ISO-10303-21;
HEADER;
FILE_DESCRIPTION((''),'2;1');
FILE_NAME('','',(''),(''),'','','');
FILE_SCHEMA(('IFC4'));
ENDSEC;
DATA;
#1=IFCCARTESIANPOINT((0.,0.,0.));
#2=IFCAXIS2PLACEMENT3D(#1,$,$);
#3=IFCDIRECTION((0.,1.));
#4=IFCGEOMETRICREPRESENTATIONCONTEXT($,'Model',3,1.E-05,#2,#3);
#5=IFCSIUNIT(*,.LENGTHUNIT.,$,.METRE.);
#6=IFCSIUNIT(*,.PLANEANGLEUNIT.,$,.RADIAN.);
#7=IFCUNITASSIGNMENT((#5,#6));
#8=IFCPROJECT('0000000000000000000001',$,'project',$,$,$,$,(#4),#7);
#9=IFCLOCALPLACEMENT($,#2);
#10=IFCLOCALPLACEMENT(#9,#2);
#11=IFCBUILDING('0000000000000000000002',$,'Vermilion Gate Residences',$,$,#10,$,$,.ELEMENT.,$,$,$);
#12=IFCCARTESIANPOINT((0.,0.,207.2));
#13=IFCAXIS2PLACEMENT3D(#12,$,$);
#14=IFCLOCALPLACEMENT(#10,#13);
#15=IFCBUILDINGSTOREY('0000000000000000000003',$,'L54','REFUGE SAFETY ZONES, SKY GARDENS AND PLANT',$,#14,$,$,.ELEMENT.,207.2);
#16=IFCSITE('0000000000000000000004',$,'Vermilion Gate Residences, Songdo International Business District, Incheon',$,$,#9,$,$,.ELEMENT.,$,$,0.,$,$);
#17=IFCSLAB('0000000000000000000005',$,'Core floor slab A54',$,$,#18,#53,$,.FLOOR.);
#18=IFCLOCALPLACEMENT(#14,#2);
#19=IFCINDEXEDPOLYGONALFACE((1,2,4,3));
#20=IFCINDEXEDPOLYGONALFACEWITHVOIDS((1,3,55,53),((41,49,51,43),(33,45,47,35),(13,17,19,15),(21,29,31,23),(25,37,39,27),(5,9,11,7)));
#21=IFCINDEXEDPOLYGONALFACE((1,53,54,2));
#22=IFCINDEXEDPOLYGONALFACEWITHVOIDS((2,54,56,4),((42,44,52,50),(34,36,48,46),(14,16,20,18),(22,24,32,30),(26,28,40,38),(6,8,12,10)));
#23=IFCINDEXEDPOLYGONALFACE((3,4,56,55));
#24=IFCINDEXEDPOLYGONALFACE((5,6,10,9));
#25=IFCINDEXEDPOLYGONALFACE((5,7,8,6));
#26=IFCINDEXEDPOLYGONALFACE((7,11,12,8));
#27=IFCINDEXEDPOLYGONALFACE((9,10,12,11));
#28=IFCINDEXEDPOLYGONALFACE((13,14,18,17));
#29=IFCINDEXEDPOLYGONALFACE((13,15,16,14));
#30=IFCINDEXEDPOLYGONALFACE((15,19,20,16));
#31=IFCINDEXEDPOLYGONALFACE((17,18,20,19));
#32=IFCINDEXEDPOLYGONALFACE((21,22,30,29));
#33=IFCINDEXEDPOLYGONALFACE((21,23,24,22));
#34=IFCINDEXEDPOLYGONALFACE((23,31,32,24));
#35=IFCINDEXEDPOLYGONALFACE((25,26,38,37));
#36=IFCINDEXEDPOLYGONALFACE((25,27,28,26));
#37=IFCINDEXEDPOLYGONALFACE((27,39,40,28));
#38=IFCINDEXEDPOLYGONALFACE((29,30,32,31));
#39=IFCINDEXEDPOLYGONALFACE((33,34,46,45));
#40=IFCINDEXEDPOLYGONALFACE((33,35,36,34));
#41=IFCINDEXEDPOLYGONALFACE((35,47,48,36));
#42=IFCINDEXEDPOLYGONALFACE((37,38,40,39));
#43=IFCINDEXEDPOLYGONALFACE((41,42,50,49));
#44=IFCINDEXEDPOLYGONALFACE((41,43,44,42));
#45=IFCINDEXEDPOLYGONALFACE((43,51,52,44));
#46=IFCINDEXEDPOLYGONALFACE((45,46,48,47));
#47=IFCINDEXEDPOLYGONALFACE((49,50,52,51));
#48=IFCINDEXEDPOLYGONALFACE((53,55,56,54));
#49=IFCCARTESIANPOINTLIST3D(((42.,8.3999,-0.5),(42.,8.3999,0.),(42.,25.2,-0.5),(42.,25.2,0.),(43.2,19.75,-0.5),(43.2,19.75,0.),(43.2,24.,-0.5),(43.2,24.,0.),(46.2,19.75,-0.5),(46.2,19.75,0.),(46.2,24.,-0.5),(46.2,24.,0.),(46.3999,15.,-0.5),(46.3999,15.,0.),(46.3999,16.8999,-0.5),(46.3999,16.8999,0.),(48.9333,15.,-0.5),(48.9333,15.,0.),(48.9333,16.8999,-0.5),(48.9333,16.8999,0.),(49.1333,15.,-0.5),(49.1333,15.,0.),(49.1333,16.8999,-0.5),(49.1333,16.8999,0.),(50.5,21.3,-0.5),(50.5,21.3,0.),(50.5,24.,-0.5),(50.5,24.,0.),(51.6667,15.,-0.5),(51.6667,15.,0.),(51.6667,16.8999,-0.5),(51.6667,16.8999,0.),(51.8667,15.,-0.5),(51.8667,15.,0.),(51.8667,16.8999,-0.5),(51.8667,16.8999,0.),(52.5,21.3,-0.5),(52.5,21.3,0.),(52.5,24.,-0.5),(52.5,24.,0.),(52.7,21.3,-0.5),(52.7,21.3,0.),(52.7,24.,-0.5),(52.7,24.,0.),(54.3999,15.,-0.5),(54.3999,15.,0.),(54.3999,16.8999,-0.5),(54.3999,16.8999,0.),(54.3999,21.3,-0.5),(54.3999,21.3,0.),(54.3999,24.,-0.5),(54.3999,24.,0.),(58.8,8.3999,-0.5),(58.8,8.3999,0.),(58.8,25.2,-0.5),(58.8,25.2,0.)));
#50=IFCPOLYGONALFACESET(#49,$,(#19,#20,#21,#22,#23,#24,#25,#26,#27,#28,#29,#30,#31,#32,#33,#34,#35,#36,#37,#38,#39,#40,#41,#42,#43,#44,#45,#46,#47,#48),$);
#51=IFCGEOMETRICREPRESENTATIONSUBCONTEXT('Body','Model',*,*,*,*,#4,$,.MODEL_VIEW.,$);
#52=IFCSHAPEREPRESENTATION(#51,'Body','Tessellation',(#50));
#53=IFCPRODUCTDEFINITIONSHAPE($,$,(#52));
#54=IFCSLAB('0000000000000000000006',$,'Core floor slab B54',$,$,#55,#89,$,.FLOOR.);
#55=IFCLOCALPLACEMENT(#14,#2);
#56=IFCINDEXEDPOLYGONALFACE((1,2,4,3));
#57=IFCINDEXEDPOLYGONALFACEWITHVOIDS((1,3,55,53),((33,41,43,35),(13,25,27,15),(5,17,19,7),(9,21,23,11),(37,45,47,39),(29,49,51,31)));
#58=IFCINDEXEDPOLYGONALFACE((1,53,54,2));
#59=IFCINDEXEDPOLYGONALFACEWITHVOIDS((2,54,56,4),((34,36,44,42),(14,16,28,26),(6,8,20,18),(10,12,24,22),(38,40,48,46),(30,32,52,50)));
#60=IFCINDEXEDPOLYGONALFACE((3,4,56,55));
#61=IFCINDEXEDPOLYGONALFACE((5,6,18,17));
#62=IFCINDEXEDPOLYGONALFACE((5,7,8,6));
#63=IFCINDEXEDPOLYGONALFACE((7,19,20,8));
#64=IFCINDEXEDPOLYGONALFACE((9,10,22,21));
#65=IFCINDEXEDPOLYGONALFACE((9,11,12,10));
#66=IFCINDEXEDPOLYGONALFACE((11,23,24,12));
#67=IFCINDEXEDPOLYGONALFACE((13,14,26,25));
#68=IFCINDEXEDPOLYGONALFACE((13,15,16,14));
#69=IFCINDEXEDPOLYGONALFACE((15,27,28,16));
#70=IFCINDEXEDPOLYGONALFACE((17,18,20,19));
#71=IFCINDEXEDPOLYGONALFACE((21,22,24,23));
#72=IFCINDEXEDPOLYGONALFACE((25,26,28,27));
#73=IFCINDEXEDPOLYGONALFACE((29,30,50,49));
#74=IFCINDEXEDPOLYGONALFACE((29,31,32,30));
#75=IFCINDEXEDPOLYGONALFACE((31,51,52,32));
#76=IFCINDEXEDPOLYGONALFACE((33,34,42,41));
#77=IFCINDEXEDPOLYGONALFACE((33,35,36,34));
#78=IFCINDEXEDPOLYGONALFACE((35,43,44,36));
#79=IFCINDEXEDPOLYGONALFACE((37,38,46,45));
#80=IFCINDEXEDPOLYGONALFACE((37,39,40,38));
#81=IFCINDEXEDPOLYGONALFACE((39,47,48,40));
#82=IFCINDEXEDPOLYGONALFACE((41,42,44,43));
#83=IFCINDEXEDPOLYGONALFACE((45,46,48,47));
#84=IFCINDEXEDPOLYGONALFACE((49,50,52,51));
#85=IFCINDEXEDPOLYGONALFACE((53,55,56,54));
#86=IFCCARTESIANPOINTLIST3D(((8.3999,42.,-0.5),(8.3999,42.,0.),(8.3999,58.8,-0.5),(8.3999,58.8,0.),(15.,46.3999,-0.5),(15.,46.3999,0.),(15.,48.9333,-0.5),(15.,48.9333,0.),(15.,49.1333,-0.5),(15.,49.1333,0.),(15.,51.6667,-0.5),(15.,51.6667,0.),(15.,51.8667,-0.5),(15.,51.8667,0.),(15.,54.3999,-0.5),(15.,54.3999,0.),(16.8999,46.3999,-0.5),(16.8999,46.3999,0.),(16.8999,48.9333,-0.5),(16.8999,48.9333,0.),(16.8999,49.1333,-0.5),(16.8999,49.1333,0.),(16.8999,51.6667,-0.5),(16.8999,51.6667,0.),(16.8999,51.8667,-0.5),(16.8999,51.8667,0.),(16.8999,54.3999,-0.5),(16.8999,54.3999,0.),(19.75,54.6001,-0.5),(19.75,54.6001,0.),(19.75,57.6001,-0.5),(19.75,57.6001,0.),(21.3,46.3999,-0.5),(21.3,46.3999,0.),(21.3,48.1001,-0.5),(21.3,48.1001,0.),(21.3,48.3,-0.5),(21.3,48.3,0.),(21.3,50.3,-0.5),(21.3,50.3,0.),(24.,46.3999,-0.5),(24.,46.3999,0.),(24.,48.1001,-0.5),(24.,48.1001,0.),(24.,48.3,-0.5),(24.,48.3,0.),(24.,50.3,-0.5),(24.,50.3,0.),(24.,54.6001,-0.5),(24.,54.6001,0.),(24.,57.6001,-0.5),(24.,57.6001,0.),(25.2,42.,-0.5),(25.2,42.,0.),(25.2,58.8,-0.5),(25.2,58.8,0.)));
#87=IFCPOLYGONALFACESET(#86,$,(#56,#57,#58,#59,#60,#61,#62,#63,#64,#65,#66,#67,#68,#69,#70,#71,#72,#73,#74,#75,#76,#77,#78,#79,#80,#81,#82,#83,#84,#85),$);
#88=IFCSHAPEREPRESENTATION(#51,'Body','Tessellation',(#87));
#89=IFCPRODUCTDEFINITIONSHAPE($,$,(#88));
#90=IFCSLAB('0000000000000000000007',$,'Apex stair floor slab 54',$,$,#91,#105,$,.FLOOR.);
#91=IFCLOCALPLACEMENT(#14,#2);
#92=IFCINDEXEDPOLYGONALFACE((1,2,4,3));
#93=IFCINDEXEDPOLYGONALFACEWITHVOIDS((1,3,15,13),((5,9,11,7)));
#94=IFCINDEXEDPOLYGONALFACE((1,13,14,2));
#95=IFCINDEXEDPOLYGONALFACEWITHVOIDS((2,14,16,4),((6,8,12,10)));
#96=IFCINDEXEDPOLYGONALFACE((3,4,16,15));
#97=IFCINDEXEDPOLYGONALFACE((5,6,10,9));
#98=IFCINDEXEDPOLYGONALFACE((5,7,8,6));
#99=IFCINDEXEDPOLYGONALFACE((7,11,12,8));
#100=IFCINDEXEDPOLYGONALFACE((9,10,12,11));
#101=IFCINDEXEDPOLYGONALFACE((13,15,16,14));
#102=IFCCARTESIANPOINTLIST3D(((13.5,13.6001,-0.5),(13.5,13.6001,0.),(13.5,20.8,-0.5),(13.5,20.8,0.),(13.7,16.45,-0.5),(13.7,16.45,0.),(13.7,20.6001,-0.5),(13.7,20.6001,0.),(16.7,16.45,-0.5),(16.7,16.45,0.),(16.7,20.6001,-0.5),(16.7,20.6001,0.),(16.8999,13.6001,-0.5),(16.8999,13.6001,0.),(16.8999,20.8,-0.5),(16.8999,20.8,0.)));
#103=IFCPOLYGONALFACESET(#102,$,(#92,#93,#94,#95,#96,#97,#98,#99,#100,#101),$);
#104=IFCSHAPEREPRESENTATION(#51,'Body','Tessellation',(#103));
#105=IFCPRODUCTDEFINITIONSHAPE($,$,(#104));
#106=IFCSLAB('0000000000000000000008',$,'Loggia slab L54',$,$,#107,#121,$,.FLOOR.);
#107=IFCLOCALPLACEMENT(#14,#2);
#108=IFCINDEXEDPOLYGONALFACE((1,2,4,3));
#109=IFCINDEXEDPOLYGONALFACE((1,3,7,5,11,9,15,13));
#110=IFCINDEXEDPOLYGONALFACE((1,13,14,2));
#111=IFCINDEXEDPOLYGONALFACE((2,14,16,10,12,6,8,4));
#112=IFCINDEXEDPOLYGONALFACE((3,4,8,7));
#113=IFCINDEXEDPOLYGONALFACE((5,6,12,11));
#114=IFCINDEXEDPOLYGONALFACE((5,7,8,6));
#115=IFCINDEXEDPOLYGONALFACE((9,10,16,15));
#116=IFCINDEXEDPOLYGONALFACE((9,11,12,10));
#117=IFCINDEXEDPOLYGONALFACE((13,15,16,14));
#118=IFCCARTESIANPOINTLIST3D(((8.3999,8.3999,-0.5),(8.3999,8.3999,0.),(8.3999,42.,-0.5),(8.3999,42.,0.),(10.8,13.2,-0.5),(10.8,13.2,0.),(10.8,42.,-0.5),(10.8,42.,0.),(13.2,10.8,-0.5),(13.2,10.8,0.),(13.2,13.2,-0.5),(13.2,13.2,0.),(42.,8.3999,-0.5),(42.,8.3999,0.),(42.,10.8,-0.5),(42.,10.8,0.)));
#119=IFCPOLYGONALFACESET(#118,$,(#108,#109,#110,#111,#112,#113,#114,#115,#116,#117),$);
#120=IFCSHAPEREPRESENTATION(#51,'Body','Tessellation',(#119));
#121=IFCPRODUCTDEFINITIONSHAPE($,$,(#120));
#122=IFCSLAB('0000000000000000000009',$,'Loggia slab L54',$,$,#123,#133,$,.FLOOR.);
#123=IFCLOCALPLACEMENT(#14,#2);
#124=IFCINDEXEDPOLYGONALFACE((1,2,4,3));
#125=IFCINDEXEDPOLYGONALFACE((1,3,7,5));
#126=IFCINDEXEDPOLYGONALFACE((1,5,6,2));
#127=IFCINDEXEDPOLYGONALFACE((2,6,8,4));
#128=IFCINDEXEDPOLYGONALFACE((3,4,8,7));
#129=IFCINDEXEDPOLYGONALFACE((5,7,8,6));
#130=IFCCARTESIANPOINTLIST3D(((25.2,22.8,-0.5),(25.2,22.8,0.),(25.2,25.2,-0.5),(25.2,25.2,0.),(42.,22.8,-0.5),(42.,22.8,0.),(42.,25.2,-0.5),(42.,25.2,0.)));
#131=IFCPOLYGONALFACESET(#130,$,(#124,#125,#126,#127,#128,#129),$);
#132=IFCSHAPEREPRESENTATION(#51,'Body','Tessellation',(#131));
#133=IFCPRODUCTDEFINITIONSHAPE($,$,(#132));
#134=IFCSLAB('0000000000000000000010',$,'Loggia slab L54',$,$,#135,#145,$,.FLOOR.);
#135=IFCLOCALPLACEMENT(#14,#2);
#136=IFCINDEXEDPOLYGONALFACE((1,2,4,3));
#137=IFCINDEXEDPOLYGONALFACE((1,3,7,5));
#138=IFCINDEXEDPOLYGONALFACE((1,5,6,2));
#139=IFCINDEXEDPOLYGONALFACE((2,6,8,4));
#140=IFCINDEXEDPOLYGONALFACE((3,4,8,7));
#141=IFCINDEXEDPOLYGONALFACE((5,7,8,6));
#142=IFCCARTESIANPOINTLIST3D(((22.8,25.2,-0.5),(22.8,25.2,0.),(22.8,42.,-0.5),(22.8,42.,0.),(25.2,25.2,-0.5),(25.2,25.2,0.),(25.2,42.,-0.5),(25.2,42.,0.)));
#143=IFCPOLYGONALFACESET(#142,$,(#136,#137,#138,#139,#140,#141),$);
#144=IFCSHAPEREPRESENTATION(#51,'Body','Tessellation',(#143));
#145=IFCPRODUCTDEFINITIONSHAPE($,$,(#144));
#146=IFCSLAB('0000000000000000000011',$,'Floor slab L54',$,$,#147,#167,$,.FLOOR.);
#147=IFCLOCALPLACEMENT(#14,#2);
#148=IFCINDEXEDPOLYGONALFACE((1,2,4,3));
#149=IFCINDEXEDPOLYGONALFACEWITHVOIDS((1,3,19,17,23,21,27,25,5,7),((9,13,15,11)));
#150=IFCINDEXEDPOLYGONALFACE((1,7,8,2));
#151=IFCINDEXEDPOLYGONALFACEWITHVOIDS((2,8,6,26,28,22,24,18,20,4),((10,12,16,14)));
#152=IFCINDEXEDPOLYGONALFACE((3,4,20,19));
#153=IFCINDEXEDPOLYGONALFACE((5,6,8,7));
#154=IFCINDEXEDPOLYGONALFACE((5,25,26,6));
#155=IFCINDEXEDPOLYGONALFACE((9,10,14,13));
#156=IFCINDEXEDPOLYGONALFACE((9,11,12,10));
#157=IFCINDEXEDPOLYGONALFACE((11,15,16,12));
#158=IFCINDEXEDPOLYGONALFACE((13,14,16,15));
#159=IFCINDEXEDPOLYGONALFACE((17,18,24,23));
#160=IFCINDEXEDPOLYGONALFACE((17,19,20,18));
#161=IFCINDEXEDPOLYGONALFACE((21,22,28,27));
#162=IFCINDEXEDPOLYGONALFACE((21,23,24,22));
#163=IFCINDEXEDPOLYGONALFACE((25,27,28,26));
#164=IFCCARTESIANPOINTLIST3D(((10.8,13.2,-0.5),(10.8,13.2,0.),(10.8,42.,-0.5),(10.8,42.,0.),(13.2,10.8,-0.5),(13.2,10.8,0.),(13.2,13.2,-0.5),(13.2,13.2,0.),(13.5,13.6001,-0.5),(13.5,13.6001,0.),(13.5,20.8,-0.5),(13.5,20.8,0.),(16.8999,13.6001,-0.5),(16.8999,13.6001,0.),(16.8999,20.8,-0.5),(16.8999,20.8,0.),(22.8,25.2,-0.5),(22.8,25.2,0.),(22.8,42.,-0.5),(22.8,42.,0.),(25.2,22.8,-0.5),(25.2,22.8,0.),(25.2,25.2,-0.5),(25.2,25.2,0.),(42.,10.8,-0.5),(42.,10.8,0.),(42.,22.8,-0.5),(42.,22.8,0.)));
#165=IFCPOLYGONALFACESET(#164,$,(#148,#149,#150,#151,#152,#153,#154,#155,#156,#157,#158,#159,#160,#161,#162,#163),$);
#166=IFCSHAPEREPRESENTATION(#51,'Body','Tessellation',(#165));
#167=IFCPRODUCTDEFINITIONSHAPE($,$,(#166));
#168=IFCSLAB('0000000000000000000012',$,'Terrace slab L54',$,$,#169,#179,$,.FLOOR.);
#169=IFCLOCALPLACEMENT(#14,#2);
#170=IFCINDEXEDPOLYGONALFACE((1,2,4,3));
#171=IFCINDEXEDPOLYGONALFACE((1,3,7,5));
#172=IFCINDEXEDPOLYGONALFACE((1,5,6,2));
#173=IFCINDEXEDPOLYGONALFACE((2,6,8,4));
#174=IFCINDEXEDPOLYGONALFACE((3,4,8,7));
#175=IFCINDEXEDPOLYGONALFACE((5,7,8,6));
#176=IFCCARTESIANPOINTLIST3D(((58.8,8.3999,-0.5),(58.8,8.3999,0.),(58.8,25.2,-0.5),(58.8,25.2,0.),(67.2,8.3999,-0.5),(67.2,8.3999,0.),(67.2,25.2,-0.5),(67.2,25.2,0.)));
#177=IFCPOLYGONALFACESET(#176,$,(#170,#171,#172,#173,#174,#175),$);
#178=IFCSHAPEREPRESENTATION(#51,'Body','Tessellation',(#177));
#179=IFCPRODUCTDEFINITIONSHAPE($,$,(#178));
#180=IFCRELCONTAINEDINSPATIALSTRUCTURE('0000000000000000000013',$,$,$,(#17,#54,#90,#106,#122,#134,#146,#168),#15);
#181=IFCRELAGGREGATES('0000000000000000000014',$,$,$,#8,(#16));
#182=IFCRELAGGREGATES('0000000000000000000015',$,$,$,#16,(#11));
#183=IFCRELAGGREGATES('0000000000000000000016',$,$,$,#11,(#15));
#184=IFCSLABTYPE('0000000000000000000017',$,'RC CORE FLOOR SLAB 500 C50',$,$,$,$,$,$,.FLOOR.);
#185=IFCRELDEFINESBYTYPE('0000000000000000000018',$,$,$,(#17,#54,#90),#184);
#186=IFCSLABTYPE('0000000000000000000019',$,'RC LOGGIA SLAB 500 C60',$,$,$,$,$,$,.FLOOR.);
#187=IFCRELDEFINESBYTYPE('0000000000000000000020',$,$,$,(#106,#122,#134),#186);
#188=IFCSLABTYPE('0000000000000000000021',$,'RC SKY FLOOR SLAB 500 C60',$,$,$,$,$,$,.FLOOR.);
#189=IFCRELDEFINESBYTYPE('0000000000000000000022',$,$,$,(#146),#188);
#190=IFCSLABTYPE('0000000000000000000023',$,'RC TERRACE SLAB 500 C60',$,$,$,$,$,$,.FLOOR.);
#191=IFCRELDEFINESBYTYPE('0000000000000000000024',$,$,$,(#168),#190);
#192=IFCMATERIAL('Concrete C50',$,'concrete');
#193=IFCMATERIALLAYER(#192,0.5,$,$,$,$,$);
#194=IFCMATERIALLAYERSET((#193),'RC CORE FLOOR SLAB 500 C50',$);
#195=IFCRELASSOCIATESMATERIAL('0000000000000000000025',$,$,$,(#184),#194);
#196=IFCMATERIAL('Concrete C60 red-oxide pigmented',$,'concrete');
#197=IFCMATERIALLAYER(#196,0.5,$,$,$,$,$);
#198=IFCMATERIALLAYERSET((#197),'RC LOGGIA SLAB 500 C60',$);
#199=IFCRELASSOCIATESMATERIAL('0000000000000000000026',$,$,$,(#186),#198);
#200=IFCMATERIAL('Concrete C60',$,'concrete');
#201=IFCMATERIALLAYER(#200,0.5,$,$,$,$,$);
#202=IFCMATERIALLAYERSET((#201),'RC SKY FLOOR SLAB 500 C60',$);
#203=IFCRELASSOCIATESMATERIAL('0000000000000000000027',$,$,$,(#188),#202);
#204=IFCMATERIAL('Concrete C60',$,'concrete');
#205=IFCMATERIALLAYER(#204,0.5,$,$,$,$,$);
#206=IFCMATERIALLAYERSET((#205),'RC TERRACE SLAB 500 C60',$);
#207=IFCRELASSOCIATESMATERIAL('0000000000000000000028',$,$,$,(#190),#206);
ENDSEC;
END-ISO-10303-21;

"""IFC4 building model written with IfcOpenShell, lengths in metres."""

from ifc_helpers import new_model, si_unit, direction, frame, origin, place, context, subcontext, project, spatial, polyline, outline, extrude, material, layer, layer_set, type_object, element, save


model = new_model("IFC4")

# Units and contexts
model_context = context("Model", 3, precision=1e-05, world=origin(), true_north=direction((0.0, 1.0)))
body_context = subcontext(model_context, "Body", "Model", "MODEL_VIEW")
ifc_project = project(units=[si_unit("LENGTHUNIT", "METRE"), si_unit("PLANEANGLEUNIT", "RADIAN")], contexts=[model_context])

# Site, building, storey
site_placement = place(None, origin())
site = spatial("IfcSite", under=ifc_project, at=site_placement, Name="Vermilion Gate Residences, Songdo International Business District, Incheon", CompositionType="ELEMENT", RefElevation=0.0)
building_placement = place(site_placement, origin())
building = spatial("IfcBuilding", under=site, at=building_placement, Name="Vermilion Gate Residences", CompositionType="ELEMENT")
storey_placement = place(building_placement, frame((0.0, 0.0, 207.2)))
storey = spatial("IfcBuildingStorey", under=building, at=storey_placement, Name="L54", Description="REFUGE SAFETY ZONES, SKY GARDENS AND PLANT", CompositionType="ELEMENT", Elevation=207.2)

# Slabs
ifc_material_1 = material(Name="Concrete C50", Category="concrete")
ifc_layer_1 = layer(ifc_material_1, 0.5)
ifc_layer_set_1 = layer_set([ifc_layer_1], Name="RC CORE FLOOR SLAB 500 C50")
slab_type_1 = type_object("IfcSlabType", Name="RC CORE FLOOR SLAB 500 C50", PredefinedType="FLOOR", material=ifc_layer_set_1)
slab_1_placement = place(storey_placement, frame((0.0, 0.0, -0.5)))
element("IfcSlab", 1, at=slab_1_placement, inside=storey, type_object=slab_type_1, Name="Core floor slab A54", PredefinedType="FLOOR", context=body_context, shape_type="SweptSolid", body=[
    extrude(outline(polyline([(42.0, 8.3999), (58.8, 8.3999), (58.8, 25.2), (42.0, 25.2), (42.0, 8.3999)]), holes=[polyline([(46.3999, 15.0), (46.3999, 16.8999), (48.9333, 16.8999), (48.9333, 15.0), (46.3999, 15.0)]), polyline([(49.1333, 16.8999), (51.6667, 16.8999), (51.6667, 15.0), (49.1333, 15.0), (49.1333, 16.8999)]), polyline([(51.8667, 16.8999), (54.3999, 16.8999), (54.3999, 15.0), (51.8667, 15.0), (51.8667, 16.8999)]), polyline([(43.2, 19.75), (43.2, 24.0), (46.2, 24.0), (46.2, 19.75), (43.2, 19.75)]), polyline([(50.5, 24.0), (52.5, 24.0), (52.5, 21.3), (50.5, 21.3), (50.5, 24.0)]), polyline([(52.7, 24.0), (54.3999, 24.0), (54.3999, 21.3), (52.7, 21.3), (52.7, 24.0)])]), origin(), (0.0, 0.0, 1.0), 0.5),
])
slab_2_placement = place(storey_placement, frame((0.0, 0.0, -0.5)))
element("IfcSlab", 2, at=slab_2_placement, inside=storey, type_object=slab_type_1, Name="Core floor slab B54", PredefinedType="FLOOR", context=body_context, shape_type="SweptSolid", body=[
    extrude(outline(polyline([(8.3999, 42.0), (25.2, 42.0), (25.2, 58.8), (8.3999, 58.8), (8.3999, 42.0)]), holes=[polyline([(21.3, 46.3999), (21.3, 48.1001), (24.0, 48.1001), (24.0, 46.3999), (21.3, 46.3999)]), polyline([(15.0, 48.9333), (16.8999, 48.9333), (16.8999, 46.3999), (15.0, 46.3999), (15.0, 48.9333)]), polyline([(21.3, 50.3), (24.0, 50.3), (24.0, 48.3), (21.3, 48.3), (21.3, 50.3)]), polyline([(15.0, 49.1333), (15.0, 51.6667), (16.8999, 51.6667), (16.8999, 49.1333), (15.0, 49.1333)]), polyline([(15.0, 54.3999), (16.8999, 54.3999), (16.8999, 51.8667), (15.0, 51.8667), (15.0, 54.3999)]), polyline([(19.75, 57.6001), (24.0, 57.6001), (24.0, 54.6001), (19.75, 54.6001), (19.75, 57.6001)])]), origin(), (0.0, 0.0, 1.0), 0.5),
])
slab_3_placement = place(storey_placement, frame((0.0, 0.0, -0.5)))
element("IfcSlab", 3, at=slab_3_placement, inside=storey, type_object=slab_type_1, Name="Apex stair floor slab 54", PredefinedType="FLOOR", context=body_context, shape_type="SweptSolid", body=[
    extrude(outline(polyline([(13.5, 13.6001), (16.8999, 13.6001), (16.8999, 20.8), (13.5, 20.8), (13.5, 13.6001)]), holes=[polyline([(16.7, 20.6001), (16.7, 16.45), (13.7, 16.45), (13.7, 20.6001), (16.7, 20.6001)])]), origin(), (0.0, 0.0, 1.0), 0.5),
])
ifc_material_2 = material(Name="Concrete C60 red-oxide pigmented", Category="concrete")
ifc_layer_2 = layer(ifc_material_2, 0.5)
ifc_layer_set_2 = layer_set([ifc_layer_2], Name="RC LOGGIA SLAB 500 C60")
slab_type_2 = type_object("IfcSlabType", Name="RC LOGGIA SLAB 500 C60", PredefinedType="FLOOR", material=ifc_layer_set_2)
slab_4_placement = place(storey_placement, frame((0.0, 0.0, -0.5)))
element("IfcSlab", 4, at=slab_4_placement, inside=storey, type_object=slab_type_2, Name="Loggia slab L54", PredefinedType="FLOOR", context=body_context, shape_type="SweptSolid", body=[
    extrude(outline(polyline([(8.3999, 8.3999), (42.0, 8.3999), (42.0, 10.8), (13.2, 10.8), (13.2, 13.2), (10.8, 13.2), (10.8, 42.0), (8.3999, 42.0), (8.3999, 8.3999)])), origin(), (0.0, 0.0, 1.0), 0.5),
])
slab_5_placement = place(storey_placement, frame((0.0, 0.0, -0.5)))
element("IfcSlab", 5, at=slab_5_placement, inside=storey, type_object=slab_type_2, Name="Loggia slab L54", PredefinedType="FLOOR", context=body_context, shape_type="SweptSolid", body=[
    extrude(outline(polyline([(25.2, 22.8), (42.0, 22.8), (42.0, 25.2), (25.2, 25.2), (25.2, 22.8)])), origin(), (0.0, 0.0, 1.0), 0.5),
])
slab_6_placement = place(storey_placement, frame((0.0, 0.0, -0.5)))
element("IfcSlab", 6, at=slab_6_placement, inside=storey, type_object=slab_type_2, Name="Loggia slab L54", PredefinedType="FLOOR", context=body_context, shape_type="SweptSolid", body=[
    extrude(outline(polyline([(25.2, 42.0), (22.8, 42.0), (22.8, 25.2), (25.2, 25.2), (25.2, 42.0)])), origin(), (0.0, 0.0, 1.0), 0.5),
])
ifc_material_3 = material(Name="Concrete C60", Category="concrete")
ifc_layer_3 = layer(ifc_material_3, 0.5)
ifc_layer_set_3 = layer_set([ifc_layer_3], Name="RC SKY FLOOR SLAB 500 C60")
slab_type_3 = type_object("IfcSlabType", Name="RC SKY FLOOR SLAB 500 C60", PredefinedType="FLOOR", material=ifc_layer_set_3)
slab_7_placement = place(storey_placement, frame((0.0, 0.0, -0.5)))
element("IfcSlab", 7, at=slab_7_placement, inside=storey, type_object=slab_type_3, Name="Floor slab L54", PredefinedType="FLOOR", context=body_context, shape_type="SweptSolid", body=[
    extrude(outline(polyline([(22.8, 25.2), (22.8, 42.0), (10.8, 42.0), (10.8, 13.2), (13.2, 13.2), (13.2, 10.8), (42.0, 10.8), (42.0, 22.8), (25.2, 22.8), (25.2, 25.2), (22.8, 25.2)]), holes=[polyline([(13.5, 13.6001), (13.5, 20.8), (16.8999, 20.8), (16.8999, 13.6001), (13.5, 13.6001)])]), origin(), (0.0, 0.0, 1.0), 0.5),
])
ifc_material_4 = material(Name="Concrete C60", Category="concrete")
ifc_layer_4 = layer(ifc_material_4, 0.5)
ifc_layer_set_4 = layer_set([ifc_layer_4], Name="RC TERRACE SLAB 500 C60")
slab_type_4 = type_object("IfcSlabType", Name="RC TERRACE SLAB 500 C60", PredefinedType="FLOOR", material=ifc_layer_set_4)
slab_8_placement = place(storey_placement, frame((0.0, 0.0, -0.5)))
element("IfcSlab", 8, at=slab_8_placement, inside=storey, type_object=slab_type_4, Name="Terrace slab L54", PredefinedType="FLOOR", context=body_context, shape_type="SweptSolid", body=[
    extrude(outline(polyline([(67.2, 8.3999), (67.2, 25.2), (58.8, 25.2), (58.8, 8.3999), (67.2, 8.3999)])), origin(), (0.0, 0.0, 1.0), 0.5),
])

save(model, "model.ifc")
